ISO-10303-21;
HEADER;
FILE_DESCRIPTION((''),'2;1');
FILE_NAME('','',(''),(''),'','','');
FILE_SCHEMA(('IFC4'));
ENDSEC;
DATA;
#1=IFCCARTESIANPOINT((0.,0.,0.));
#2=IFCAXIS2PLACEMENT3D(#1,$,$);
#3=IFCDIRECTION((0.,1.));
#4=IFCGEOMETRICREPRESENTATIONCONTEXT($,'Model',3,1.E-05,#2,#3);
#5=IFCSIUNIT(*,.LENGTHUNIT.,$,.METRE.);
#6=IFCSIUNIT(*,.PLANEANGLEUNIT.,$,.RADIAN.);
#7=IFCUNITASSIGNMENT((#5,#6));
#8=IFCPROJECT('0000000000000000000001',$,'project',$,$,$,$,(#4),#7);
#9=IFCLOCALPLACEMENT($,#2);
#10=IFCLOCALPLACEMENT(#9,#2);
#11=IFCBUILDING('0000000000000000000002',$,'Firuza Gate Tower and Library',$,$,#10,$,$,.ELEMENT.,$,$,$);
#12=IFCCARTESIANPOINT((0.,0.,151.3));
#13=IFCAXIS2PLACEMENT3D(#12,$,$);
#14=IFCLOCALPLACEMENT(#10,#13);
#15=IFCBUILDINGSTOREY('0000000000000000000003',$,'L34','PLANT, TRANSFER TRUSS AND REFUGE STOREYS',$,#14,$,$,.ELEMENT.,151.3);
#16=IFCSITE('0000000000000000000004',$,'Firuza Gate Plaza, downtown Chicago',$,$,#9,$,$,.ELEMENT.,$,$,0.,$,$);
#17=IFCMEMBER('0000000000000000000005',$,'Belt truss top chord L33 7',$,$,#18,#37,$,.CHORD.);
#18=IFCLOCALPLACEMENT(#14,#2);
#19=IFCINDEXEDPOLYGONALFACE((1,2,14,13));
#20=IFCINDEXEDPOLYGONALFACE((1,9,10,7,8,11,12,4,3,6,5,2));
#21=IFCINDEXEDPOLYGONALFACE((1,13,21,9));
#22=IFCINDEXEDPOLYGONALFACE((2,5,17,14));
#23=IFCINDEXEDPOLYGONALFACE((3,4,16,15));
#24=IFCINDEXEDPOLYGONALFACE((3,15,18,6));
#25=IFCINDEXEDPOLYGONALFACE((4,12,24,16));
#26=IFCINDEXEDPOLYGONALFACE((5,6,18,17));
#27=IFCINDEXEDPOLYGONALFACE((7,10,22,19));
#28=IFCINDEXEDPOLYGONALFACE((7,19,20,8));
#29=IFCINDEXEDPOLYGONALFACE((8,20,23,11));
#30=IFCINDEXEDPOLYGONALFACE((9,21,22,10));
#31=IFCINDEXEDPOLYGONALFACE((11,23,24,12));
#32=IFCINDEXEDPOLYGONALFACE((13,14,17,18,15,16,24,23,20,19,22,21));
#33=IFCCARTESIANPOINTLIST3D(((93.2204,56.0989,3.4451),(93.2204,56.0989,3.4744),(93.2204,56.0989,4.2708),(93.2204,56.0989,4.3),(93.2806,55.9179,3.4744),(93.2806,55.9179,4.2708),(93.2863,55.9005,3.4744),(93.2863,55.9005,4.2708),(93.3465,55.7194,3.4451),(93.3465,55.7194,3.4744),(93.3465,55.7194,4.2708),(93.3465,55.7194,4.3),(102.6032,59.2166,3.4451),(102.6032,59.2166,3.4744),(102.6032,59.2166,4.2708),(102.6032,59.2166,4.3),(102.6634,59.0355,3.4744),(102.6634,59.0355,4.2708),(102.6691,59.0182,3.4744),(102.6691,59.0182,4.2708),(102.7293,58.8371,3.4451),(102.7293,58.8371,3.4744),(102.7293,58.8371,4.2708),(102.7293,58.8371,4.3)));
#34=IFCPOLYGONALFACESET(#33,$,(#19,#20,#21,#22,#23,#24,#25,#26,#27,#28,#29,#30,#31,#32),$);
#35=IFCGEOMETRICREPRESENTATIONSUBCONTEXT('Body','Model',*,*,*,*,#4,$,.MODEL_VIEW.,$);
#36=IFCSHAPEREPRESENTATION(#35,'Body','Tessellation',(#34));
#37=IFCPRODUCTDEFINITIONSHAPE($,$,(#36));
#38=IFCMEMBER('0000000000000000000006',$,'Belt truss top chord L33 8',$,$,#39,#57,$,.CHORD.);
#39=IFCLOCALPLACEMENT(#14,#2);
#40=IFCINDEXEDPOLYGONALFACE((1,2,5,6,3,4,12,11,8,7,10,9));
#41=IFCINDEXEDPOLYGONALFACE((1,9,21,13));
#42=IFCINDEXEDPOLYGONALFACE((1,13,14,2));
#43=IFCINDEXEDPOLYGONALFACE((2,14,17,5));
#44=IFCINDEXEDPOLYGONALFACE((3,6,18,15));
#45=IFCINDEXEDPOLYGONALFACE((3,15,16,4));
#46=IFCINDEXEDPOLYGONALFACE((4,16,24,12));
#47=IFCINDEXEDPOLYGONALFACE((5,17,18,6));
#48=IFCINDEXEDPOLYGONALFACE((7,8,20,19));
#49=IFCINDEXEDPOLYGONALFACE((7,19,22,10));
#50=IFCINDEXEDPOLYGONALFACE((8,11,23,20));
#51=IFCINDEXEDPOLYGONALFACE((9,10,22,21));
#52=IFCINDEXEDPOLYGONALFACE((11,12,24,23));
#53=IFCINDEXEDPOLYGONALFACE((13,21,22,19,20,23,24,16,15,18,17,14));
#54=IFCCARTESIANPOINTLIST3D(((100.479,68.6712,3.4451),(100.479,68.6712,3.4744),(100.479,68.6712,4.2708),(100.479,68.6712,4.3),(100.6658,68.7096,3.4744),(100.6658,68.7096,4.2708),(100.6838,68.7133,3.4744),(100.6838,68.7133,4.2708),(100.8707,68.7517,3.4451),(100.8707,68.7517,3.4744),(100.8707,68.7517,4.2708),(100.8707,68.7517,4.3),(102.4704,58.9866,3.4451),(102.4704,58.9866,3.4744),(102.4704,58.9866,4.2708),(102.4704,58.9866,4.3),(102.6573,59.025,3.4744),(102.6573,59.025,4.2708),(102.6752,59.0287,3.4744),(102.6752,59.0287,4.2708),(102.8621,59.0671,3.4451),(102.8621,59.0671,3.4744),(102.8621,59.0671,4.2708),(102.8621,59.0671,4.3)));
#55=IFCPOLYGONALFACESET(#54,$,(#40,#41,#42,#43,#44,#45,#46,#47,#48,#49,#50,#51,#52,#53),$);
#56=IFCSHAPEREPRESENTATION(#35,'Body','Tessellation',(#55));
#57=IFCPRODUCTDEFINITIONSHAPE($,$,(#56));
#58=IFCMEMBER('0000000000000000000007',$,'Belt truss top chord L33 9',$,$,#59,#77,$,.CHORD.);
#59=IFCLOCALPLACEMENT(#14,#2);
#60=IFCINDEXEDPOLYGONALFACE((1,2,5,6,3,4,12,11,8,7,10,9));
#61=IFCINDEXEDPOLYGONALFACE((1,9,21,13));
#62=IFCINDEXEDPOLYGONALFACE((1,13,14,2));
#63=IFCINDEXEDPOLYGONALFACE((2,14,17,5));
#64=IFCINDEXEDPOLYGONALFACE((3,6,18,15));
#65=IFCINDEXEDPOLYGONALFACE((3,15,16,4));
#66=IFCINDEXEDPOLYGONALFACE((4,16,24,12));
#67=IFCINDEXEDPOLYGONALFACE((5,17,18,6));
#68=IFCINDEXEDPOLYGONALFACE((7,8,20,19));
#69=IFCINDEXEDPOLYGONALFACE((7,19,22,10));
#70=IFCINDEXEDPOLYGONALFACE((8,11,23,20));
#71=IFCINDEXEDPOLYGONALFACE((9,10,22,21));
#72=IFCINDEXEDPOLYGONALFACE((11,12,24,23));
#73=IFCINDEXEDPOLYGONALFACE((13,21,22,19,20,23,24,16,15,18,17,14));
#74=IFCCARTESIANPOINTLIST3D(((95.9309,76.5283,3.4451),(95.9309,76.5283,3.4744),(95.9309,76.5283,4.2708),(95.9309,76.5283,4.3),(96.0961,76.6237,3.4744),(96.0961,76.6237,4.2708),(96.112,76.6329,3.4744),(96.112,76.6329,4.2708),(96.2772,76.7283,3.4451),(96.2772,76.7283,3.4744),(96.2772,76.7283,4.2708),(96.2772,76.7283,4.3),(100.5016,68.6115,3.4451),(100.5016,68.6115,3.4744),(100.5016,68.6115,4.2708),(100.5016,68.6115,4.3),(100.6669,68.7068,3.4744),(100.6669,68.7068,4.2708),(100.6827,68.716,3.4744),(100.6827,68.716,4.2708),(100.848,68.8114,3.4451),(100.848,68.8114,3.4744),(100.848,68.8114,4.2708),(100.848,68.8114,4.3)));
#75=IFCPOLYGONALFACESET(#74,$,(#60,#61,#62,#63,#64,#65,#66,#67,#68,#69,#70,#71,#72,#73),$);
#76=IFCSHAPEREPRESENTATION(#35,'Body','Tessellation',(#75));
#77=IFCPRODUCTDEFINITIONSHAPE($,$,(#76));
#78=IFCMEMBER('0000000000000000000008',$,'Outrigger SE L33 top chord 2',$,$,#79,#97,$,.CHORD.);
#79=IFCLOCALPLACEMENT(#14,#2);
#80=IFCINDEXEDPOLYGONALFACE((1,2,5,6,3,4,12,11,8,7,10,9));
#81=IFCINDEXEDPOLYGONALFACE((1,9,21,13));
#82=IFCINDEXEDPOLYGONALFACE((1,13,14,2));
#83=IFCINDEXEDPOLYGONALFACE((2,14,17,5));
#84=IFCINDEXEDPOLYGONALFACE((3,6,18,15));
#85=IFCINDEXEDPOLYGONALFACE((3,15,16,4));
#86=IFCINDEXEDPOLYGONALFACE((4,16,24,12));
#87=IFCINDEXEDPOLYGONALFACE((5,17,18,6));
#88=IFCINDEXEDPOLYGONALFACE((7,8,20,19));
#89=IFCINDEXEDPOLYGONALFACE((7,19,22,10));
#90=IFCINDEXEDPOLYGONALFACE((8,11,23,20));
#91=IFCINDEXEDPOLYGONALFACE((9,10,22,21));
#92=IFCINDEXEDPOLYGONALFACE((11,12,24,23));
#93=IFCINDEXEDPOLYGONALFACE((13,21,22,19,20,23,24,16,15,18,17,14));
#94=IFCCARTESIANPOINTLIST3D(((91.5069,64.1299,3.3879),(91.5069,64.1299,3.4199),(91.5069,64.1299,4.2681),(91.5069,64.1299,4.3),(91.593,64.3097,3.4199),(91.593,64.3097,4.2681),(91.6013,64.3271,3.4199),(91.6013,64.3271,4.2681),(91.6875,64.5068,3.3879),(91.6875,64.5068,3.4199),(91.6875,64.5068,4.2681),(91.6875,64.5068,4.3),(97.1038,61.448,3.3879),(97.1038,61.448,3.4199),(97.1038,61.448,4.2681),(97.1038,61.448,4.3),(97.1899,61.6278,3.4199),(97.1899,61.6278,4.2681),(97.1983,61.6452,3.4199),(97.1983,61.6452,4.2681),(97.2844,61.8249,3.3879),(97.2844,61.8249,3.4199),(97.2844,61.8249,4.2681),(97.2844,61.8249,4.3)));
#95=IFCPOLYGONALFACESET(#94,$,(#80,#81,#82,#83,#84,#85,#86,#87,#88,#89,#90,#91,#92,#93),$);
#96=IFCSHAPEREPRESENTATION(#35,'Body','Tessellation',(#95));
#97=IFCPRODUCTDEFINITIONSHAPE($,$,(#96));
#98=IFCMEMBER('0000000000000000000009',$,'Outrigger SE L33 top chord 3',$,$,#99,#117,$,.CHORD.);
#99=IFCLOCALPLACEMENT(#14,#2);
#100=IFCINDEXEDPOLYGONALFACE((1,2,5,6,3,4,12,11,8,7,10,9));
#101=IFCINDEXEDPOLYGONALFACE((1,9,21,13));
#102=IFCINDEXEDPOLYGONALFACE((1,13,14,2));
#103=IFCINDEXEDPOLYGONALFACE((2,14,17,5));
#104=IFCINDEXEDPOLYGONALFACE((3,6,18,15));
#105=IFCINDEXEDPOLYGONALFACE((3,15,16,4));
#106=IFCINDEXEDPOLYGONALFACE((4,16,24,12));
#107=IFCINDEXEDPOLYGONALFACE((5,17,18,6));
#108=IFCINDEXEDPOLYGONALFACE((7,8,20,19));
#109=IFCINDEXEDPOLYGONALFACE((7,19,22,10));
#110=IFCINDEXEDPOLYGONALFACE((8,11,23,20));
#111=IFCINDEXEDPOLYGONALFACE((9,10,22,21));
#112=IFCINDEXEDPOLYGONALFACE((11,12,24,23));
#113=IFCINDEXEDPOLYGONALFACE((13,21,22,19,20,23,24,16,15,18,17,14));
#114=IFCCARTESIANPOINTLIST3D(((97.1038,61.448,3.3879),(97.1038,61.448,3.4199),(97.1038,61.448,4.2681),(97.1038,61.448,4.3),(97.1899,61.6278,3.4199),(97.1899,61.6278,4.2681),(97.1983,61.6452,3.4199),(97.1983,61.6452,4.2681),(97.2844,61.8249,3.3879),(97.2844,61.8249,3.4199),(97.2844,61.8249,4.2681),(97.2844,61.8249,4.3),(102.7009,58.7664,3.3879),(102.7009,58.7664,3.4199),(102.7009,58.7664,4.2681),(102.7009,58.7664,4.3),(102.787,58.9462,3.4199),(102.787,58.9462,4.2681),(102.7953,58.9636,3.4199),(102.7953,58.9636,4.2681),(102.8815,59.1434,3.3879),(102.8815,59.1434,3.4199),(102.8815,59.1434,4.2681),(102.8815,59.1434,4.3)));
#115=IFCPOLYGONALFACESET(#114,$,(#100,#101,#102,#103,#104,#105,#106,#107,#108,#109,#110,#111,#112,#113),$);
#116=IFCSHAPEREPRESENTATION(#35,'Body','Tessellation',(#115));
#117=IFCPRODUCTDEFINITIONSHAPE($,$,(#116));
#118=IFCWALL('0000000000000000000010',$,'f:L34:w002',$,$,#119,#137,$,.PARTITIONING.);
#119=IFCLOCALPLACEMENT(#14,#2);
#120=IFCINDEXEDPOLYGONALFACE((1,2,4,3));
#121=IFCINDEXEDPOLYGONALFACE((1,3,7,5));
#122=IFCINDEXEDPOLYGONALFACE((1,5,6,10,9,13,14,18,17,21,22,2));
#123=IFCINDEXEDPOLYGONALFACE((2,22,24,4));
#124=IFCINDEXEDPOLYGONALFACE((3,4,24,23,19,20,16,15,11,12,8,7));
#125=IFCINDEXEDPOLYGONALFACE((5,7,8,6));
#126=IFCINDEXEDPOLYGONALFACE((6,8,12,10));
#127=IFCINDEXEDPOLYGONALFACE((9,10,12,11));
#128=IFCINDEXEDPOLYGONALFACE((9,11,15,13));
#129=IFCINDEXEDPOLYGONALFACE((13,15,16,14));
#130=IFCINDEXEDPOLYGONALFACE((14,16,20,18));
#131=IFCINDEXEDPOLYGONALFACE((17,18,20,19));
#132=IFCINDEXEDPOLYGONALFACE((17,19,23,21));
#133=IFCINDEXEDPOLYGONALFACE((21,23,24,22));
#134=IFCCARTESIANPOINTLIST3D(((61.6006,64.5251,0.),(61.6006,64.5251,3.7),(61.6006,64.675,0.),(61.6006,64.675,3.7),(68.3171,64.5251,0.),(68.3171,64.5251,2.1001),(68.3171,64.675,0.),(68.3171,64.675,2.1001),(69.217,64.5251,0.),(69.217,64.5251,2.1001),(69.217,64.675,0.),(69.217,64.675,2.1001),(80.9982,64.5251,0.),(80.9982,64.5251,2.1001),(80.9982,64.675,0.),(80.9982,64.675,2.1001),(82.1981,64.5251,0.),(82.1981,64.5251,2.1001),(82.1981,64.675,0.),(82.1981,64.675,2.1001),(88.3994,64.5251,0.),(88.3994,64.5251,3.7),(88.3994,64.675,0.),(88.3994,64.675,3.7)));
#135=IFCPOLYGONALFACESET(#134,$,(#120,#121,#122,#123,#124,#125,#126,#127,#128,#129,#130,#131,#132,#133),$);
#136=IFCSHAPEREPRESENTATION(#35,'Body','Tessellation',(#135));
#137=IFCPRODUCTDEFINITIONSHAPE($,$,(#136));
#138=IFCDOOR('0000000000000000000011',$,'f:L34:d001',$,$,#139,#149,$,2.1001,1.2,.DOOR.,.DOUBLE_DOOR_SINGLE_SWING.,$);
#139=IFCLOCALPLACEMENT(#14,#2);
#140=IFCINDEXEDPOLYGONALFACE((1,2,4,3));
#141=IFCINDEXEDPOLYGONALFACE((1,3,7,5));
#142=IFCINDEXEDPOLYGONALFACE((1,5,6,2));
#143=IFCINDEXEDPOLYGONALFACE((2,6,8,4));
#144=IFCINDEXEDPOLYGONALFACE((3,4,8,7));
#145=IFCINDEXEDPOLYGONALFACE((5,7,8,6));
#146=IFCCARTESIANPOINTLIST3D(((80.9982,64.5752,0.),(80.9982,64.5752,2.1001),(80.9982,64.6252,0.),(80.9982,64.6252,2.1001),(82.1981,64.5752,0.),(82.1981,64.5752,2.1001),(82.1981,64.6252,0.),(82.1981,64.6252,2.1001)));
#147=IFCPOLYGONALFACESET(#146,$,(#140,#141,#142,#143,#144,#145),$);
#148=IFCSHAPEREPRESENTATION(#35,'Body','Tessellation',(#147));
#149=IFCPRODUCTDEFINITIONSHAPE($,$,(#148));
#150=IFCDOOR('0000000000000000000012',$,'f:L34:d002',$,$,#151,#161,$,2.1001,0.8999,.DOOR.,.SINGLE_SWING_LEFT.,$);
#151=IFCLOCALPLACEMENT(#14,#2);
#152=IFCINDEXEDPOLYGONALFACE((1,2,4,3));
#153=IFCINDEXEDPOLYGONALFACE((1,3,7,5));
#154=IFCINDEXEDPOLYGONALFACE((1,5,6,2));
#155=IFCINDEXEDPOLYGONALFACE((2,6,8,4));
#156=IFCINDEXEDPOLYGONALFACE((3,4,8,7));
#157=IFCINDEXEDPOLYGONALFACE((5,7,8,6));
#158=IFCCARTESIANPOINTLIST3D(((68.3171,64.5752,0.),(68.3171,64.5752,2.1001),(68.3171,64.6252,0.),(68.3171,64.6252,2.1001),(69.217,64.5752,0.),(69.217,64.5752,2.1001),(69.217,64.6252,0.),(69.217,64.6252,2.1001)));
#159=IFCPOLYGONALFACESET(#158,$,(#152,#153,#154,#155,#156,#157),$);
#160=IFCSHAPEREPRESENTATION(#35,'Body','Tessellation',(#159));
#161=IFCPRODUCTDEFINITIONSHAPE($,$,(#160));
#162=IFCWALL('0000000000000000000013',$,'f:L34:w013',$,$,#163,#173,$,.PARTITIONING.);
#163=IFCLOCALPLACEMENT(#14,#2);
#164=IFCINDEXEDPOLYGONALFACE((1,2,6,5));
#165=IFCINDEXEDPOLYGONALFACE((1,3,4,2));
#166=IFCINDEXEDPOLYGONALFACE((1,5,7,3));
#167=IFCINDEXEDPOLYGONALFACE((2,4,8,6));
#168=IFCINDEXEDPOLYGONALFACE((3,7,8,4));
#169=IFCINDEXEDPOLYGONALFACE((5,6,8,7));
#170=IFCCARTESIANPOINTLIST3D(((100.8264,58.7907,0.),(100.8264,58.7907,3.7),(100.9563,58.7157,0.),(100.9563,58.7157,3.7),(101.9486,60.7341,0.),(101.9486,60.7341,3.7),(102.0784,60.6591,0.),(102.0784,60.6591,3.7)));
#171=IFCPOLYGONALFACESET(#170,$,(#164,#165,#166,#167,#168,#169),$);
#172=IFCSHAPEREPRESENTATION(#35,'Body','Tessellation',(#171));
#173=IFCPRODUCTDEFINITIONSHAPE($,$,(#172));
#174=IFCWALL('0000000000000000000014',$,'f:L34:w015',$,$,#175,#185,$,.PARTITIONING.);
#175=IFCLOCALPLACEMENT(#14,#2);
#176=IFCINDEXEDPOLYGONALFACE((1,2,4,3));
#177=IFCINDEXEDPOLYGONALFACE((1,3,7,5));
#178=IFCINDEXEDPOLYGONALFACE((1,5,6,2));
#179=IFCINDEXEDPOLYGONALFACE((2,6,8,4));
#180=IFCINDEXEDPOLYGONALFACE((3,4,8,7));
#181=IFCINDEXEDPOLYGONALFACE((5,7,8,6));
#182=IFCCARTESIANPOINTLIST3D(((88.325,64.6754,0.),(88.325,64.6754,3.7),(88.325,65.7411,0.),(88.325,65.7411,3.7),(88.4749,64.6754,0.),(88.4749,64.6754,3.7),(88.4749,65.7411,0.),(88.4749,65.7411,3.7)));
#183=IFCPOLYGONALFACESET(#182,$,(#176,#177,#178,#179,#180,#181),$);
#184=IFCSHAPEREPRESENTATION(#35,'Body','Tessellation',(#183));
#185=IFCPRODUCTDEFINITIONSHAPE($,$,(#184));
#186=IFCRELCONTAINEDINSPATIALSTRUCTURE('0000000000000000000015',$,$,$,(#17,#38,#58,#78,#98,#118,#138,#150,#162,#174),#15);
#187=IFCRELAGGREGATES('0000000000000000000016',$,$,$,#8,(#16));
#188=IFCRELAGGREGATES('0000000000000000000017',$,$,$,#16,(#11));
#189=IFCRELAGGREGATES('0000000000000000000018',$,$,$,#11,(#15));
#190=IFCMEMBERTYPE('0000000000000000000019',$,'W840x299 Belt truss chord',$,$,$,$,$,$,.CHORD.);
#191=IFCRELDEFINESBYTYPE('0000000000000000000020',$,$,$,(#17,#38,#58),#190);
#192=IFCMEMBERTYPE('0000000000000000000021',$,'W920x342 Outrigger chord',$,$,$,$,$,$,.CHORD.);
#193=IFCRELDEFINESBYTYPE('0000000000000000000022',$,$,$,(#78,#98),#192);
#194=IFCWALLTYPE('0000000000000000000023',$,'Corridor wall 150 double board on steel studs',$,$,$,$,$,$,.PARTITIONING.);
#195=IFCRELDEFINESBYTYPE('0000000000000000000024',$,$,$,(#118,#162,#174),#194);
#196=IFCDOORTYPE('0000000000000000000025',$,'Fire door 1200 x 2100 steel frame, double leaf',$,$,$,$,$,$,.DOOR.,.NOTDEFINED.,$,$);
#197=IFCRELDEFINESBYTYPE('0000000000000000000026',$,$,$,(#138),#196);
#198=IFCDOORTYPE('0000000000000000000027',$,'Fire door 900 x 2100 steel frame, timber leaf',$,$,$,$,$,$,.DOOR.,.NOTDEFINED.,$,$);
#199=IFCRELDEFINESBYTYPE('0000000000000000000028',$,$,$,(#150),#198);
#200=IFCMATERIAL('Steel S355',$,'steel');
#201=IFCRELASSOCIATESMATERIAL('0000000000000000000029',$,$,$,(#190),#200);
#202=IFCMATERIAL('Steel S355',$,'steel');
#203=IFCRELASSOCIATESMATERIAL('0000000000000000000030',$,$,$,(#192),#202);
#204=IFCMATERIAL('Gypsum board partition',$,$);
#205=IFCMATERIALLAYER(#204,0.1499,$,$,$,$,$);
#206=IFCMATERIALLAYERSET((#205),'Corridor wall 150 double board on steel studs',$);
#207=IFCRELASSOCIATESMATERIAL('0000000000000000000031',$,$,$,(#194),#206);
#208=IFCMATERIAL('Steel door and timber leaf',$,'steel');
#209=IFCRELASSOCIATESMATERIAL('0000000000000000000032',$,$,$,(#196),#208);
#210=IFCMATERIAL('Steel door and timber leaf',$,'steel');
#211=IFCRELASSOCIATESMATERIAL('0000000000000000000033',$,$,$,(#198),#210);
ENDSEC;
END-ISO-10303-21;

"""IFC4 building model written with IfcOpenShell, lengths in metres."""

from ifc_helpers import new_model, si_unit, direction, frame, frame_2d, origin, origin_2d, place, context, subcontext, project, spatial, rectangle, i_section, extrude, material, layer, layer_set, material_profile, profile_set, type_object, element, fill, save


model = new_model("IFC4")

# Units and contexts
model_context = context("Model", 3, precision=1e-05, world=origin(), true_north=direction((0.0, 1.0)))
body_context = subcontext(model_context, "Body", "Model", "MODEL_VIEW")
ifc_project = project(units=[si_unit("LENGTHUNIT", "METRE"), si_unit("PLANEANGLEUNIT", "RADIAN")], contexts=[model_context])

# Site, building, storey
site_placement = place(None, origin())
site = spatial("IfcSite", under=ifc_project, at=site_placement, Name="Firuza Gate Plaza, downtown Chicago", CompositionType="ELEMENT", RefElevation=0.0)
building_placement = place(site_placement, origin())
building = spatial("IfcBuilding", under=site, at=building_placement, Name="Firuza Gate Tower and Library", CompositionType="ELEMENT")
storey_placement = place(building_placement, frame((0.0, 0.0, 151.3)))
storey = spatial("IfcBuildingStorey", under=building, at=storey_placement, Name="L34", Description="PLANT, TRANSFER TRUSS AND REFUGE STOREYS", CompositionType="ELEMENT", Elevation=151.3)

# Members
ifc_material_1 = material(Name="Steel S355", Category="steel")
ifc_material_profile_1 = material_profile(ifc_material_1, i_section(OverallWidth=0.3999, OverallDepth=0.855, WebThickness=0.0183, FlangeThickness=0.0293, at=origin_2d()))
ifc_profile_set_1 = profile_set([ifc_material_profile_1], Name="Steel S355")
member_type_1 = type_object("IfcMemberType", Name="W840x299 Belt truss chord", PredefinedType="CHORD", material=ifc_profile_set_1)
for number, where, z_axis, x_axis, name in (
    (1, (93.2834, 55.9092, 3.8726), (0.948984, 0.315324, 0.0), (-0.315324, 0.948984, 0.0), "Belt truss top chord L33 7"),
    (2, (102.6663, 59.0269, 3.8726), (-0.201417, 0.979505, 0.0), (-0.979505, -0.201417, 0.0), "Belt truss top chord L33 8"),
):
    element("IfcMember", number, at=place(storey_placement, frame(where, z_axis=z_axis, x_axis=x_axis)), inside=storey, type_object=member_type_1, Name=name, PredefinedType="CHORD", context=body_context, shape_type="SweptSolid", body=[
        extrude(i_section(OverallWidth=0.3999, OverallDepth=0.855, WebThickness=0.0183, FlangeThickness=0.0293, at=origin_2d()), origin(), (0.0, 0.0, 1.0), 9.8872),
    ])
member_placement = place(storey_placement, frame((100.6748, 68.7114, 3.8726), z_axis=(-0.499994, 0.866029, 0.0), x_axis=(-0.866029, -0.499994, 0.0)))
element("IfcMember", 3, at=member_placement, inside=storey, type_object=member_type_1, Name="Belt truss top chord L33 9", PredefinedType="CHORD", context=body_context, shape_type="SweptSolid", body=[
    extrude(i_section(OverallWidth=0.3999, OverallDepth=0.855, WebThickness=0.0183, FlangeThickness=0.0293, at=origin_2d()), origin(), (0.0, 0.0, 1.0), 9.1416),
])
ifc_material_2 = material(Name="Steel S355", Category="steel")
ifc_material_profile_2 = material_profile(ifc_material_2, i_section(OverallWidth=0.418, OverallDepth=0.9121, WebThickness=0.0193, FlangeThickness=0.032, at=origin_2d()))
ifc_profile_set_2 = profile_set([ifc_material_profile_2], Name="Steel S355")
member_type_2 = type_object("IfcMemberType", Name="W920x342 Outrigger chord", PredefinedType="CHORD", material=ifc_profile_set_2)
for number, where, z_axis, x_axis, name in (
    (4, (91.5972, 64.3184, 3.844), (0.901814, -0.432124, 0.0), (0.432124, 0.901814, 0.0), "Outrigger SE L33 top chord 2"),
    (5, (97.1941, 61.6365, 3.844), (0.901837, -0.432076, 0.0), (0.432076, 0.901837, 0.0), "Outrigger SE L33 top chord 3"),
):
    element("IfcMember", number, at=place(storey_placement, frame(where, z_axis=z_axis, x_axis=x_axis)), inside=storey, type_object=member_type_2, Name=name, PredefinedType="CHORD", context=body_context, shape_type="SweptSolid", body=[
        extrude(i_section(OverallWidth=0.418, OverallDepth=0.9121, WebThickness=0.0193, FlangeThickness=0.032, at=origin_2d()), origin(), (0.0, 0.0, 1.0), 6.2063),
    ])

# Wall, openings, doors
ifc_material_3 = material(Name="Gypsum board partition")
ifc_layer_1 = layer(ifc_material_3, 0.1499)
ifc_layer_set_1 = layer_set([ifc_layer_1], Name="Corridor wall 150 double board on steel studs")
wall_type_1 = type_object("IfcWallType", Name="Corridor wall 150 double board on steel studs", PredefinedType="PARTITIONING", material=ifc_layer_set_1)
wall_1_placement = place(storey_placement, frame((88.3994, 64.6001, 0.0), z_axis=(0.0, 0.0, 1.0), x_axis=(-1.0, 0.0, 0.0)))
wall_1 = element("IfcWall", 6, at=wall_1_placement, inside=storey, type_object=wall_type_1, Name="f:L34:w002", PredefinedType="PARTITIONING", context=body_context, shape_type="SweptSolid", body=[
    extrude(rectangle(XDim=26.7988, YDim=0.1499, at=frame_2d((13.3994, 0.0))), origin(), (0.0, 0.0, 1.0), 3.7),
])
opening_1_placement = place(wall_1_placement, frame((6.2012, 0.0, 0.0)))
opening_1 = element("IfcOpeningElement", 7, at=opening_1_placement, cuts=wall_1, PredefinedType="OPENING", context=body_context, shape_type="SweptSolid", body=[
    extrude(rectangle(XDim=1.2, YDim=2.1001, at=frame_2d((0.6001, 1.05))), frame((0.0, 0.085, 0.0), z_axis=(0.0, -1.0, 0.0), x_axis=(1.0, 0.0, 0.0)), (0.0, 0.0, 1.0), 0.1699),
])
opening_2_placement = place(wall_1_placement, frame((19.1824, 0.0, 0.0)))
opening_2 = element("IfcOpeningElement", 8, at=opening_2_placement, cuts=wall_1, PredefinedType="OPENING", context=body_context, shape_type="SweptSolid", body=[
    extrude(rectangle(XDim=0.8999, YDim=2.1001, at=frame_2d((0.45, 1.05))), frame((0.0, 0.085, 0.0), z_axis=(0.0, -1.0, 0.0), x_axis=(1.0, 0.0, 0.0)), (0.0, 0.0, 1.0), 0.1699),
])
ifc_material_4 = material(Name="Steel door and timber leaf", Category="steel")
door_type_1 = type_object("IfcDoorType", Name="Fire door 1200 x 2100 steel frame, double leaf", OperationType="NOTDEFINED", PredefinedType="DOOR", material=ifc_material_4)
door_1_placement = place(opening_1_placement, origin())
door_1 = element("IfcDoor", 9, at=door_1_placement, inside=storey, type_object=door_type_1, Name="f:L34:d001", OperationType="DOUBLE_DOOR_SINGLE_SWING", OverallHeight=2.1001, OverallWidth=1.2, PredefinedType="DOOR", context=body_context, shape_type="SweptSolid", body=[
    extrude(rectangle(XDim=1.2, YDim=2.1001, at=frame_2d((0.6001, 1.05))), frame((0.0, 0.0249, 0.0), z_axis=(0.0, -1.0, 0.0), x_axis=(1.0, 0.0, 0.0)), (0.0, 0.0, 1.0), 0.05),
])
fill(opening_1, door_1)
ifc_material_5 = material(Name="Steel door and timber leaf", Category="steel")
door_type_2 = type_object("IfcDoorType", Name="Fire door 900 x 2100 steel frame, timber leaf", OperationType="NOTDEFINED", PredefinedType="DOOR", material=ifc_material_5)
door_2_placement = place(opening_2_placement, origin())
door_2 = element("IfcDoor", 10, at=door_2_placement, inside=storey, type_object=door_type_2, Name="f:L34:d002", OperationType="SINGLE_SWING_LEFT", OverallHeight=2.1001, OverallWidth=0.8999, PredefinedType="DOOR", context=body_context, shape_type="SweptSolid", body=[
    extrude(rectangle(XDim=0.8999, YDim=2.1001, at=frame_2d((0.45, 1.05))), frame((0.0, 0.0249, 0.0), z_axis=(0.0, -1.0, 0.0), x_axis=(1.0, 0.0, 0.0)), (0.0, 0.0, 1.0), 0.05),
])
fill(opening_2, door_2)

# Walls
wall_2_placement = place(storey_placement, frame((100.8914, 58.7532, 0.0), z_axis=(0.0, 0.0, 1.0), x_axis=(0.500024, 0.866012, 0.0)))
element("IfcWall", 11, at=wall_2_placement, inside=storey, type_object=wall_type_1, Name="f:L34:w013", PredefinedType="PARTITIONING", context=body_context, shape_type="SweptSolid", body=[
    extrude(rectangle(XDim=2.2441, YDim=0.1499, at=frame_2d((1.1221, 0.0))), origin(), (0.0, 0.0, 1.0), 3.7),
])
wall_3_placement = place(storey_placement, frame((88.3999, 64.6755, 0.0), z_axis=(0.0, 0.0, 1.0), x_axis=(0.0, 1.0, 0.0)))
element("IfcWall", 12, at=wall_3_placement, inside=storey, type_object=wall_type_1, Name="f:L34:w015", PredefinedType="PARTITIONING", context=body_context, shape_type="SweptSolid", body=[
    extrude(rectangle(XDim=1.0657, YDim=0.1499, at=frame_2d((0.5327, 0.0))), origin(), (0.0, 0.0, 1.0), 3.7),
])

save(model, "model.ifc")
